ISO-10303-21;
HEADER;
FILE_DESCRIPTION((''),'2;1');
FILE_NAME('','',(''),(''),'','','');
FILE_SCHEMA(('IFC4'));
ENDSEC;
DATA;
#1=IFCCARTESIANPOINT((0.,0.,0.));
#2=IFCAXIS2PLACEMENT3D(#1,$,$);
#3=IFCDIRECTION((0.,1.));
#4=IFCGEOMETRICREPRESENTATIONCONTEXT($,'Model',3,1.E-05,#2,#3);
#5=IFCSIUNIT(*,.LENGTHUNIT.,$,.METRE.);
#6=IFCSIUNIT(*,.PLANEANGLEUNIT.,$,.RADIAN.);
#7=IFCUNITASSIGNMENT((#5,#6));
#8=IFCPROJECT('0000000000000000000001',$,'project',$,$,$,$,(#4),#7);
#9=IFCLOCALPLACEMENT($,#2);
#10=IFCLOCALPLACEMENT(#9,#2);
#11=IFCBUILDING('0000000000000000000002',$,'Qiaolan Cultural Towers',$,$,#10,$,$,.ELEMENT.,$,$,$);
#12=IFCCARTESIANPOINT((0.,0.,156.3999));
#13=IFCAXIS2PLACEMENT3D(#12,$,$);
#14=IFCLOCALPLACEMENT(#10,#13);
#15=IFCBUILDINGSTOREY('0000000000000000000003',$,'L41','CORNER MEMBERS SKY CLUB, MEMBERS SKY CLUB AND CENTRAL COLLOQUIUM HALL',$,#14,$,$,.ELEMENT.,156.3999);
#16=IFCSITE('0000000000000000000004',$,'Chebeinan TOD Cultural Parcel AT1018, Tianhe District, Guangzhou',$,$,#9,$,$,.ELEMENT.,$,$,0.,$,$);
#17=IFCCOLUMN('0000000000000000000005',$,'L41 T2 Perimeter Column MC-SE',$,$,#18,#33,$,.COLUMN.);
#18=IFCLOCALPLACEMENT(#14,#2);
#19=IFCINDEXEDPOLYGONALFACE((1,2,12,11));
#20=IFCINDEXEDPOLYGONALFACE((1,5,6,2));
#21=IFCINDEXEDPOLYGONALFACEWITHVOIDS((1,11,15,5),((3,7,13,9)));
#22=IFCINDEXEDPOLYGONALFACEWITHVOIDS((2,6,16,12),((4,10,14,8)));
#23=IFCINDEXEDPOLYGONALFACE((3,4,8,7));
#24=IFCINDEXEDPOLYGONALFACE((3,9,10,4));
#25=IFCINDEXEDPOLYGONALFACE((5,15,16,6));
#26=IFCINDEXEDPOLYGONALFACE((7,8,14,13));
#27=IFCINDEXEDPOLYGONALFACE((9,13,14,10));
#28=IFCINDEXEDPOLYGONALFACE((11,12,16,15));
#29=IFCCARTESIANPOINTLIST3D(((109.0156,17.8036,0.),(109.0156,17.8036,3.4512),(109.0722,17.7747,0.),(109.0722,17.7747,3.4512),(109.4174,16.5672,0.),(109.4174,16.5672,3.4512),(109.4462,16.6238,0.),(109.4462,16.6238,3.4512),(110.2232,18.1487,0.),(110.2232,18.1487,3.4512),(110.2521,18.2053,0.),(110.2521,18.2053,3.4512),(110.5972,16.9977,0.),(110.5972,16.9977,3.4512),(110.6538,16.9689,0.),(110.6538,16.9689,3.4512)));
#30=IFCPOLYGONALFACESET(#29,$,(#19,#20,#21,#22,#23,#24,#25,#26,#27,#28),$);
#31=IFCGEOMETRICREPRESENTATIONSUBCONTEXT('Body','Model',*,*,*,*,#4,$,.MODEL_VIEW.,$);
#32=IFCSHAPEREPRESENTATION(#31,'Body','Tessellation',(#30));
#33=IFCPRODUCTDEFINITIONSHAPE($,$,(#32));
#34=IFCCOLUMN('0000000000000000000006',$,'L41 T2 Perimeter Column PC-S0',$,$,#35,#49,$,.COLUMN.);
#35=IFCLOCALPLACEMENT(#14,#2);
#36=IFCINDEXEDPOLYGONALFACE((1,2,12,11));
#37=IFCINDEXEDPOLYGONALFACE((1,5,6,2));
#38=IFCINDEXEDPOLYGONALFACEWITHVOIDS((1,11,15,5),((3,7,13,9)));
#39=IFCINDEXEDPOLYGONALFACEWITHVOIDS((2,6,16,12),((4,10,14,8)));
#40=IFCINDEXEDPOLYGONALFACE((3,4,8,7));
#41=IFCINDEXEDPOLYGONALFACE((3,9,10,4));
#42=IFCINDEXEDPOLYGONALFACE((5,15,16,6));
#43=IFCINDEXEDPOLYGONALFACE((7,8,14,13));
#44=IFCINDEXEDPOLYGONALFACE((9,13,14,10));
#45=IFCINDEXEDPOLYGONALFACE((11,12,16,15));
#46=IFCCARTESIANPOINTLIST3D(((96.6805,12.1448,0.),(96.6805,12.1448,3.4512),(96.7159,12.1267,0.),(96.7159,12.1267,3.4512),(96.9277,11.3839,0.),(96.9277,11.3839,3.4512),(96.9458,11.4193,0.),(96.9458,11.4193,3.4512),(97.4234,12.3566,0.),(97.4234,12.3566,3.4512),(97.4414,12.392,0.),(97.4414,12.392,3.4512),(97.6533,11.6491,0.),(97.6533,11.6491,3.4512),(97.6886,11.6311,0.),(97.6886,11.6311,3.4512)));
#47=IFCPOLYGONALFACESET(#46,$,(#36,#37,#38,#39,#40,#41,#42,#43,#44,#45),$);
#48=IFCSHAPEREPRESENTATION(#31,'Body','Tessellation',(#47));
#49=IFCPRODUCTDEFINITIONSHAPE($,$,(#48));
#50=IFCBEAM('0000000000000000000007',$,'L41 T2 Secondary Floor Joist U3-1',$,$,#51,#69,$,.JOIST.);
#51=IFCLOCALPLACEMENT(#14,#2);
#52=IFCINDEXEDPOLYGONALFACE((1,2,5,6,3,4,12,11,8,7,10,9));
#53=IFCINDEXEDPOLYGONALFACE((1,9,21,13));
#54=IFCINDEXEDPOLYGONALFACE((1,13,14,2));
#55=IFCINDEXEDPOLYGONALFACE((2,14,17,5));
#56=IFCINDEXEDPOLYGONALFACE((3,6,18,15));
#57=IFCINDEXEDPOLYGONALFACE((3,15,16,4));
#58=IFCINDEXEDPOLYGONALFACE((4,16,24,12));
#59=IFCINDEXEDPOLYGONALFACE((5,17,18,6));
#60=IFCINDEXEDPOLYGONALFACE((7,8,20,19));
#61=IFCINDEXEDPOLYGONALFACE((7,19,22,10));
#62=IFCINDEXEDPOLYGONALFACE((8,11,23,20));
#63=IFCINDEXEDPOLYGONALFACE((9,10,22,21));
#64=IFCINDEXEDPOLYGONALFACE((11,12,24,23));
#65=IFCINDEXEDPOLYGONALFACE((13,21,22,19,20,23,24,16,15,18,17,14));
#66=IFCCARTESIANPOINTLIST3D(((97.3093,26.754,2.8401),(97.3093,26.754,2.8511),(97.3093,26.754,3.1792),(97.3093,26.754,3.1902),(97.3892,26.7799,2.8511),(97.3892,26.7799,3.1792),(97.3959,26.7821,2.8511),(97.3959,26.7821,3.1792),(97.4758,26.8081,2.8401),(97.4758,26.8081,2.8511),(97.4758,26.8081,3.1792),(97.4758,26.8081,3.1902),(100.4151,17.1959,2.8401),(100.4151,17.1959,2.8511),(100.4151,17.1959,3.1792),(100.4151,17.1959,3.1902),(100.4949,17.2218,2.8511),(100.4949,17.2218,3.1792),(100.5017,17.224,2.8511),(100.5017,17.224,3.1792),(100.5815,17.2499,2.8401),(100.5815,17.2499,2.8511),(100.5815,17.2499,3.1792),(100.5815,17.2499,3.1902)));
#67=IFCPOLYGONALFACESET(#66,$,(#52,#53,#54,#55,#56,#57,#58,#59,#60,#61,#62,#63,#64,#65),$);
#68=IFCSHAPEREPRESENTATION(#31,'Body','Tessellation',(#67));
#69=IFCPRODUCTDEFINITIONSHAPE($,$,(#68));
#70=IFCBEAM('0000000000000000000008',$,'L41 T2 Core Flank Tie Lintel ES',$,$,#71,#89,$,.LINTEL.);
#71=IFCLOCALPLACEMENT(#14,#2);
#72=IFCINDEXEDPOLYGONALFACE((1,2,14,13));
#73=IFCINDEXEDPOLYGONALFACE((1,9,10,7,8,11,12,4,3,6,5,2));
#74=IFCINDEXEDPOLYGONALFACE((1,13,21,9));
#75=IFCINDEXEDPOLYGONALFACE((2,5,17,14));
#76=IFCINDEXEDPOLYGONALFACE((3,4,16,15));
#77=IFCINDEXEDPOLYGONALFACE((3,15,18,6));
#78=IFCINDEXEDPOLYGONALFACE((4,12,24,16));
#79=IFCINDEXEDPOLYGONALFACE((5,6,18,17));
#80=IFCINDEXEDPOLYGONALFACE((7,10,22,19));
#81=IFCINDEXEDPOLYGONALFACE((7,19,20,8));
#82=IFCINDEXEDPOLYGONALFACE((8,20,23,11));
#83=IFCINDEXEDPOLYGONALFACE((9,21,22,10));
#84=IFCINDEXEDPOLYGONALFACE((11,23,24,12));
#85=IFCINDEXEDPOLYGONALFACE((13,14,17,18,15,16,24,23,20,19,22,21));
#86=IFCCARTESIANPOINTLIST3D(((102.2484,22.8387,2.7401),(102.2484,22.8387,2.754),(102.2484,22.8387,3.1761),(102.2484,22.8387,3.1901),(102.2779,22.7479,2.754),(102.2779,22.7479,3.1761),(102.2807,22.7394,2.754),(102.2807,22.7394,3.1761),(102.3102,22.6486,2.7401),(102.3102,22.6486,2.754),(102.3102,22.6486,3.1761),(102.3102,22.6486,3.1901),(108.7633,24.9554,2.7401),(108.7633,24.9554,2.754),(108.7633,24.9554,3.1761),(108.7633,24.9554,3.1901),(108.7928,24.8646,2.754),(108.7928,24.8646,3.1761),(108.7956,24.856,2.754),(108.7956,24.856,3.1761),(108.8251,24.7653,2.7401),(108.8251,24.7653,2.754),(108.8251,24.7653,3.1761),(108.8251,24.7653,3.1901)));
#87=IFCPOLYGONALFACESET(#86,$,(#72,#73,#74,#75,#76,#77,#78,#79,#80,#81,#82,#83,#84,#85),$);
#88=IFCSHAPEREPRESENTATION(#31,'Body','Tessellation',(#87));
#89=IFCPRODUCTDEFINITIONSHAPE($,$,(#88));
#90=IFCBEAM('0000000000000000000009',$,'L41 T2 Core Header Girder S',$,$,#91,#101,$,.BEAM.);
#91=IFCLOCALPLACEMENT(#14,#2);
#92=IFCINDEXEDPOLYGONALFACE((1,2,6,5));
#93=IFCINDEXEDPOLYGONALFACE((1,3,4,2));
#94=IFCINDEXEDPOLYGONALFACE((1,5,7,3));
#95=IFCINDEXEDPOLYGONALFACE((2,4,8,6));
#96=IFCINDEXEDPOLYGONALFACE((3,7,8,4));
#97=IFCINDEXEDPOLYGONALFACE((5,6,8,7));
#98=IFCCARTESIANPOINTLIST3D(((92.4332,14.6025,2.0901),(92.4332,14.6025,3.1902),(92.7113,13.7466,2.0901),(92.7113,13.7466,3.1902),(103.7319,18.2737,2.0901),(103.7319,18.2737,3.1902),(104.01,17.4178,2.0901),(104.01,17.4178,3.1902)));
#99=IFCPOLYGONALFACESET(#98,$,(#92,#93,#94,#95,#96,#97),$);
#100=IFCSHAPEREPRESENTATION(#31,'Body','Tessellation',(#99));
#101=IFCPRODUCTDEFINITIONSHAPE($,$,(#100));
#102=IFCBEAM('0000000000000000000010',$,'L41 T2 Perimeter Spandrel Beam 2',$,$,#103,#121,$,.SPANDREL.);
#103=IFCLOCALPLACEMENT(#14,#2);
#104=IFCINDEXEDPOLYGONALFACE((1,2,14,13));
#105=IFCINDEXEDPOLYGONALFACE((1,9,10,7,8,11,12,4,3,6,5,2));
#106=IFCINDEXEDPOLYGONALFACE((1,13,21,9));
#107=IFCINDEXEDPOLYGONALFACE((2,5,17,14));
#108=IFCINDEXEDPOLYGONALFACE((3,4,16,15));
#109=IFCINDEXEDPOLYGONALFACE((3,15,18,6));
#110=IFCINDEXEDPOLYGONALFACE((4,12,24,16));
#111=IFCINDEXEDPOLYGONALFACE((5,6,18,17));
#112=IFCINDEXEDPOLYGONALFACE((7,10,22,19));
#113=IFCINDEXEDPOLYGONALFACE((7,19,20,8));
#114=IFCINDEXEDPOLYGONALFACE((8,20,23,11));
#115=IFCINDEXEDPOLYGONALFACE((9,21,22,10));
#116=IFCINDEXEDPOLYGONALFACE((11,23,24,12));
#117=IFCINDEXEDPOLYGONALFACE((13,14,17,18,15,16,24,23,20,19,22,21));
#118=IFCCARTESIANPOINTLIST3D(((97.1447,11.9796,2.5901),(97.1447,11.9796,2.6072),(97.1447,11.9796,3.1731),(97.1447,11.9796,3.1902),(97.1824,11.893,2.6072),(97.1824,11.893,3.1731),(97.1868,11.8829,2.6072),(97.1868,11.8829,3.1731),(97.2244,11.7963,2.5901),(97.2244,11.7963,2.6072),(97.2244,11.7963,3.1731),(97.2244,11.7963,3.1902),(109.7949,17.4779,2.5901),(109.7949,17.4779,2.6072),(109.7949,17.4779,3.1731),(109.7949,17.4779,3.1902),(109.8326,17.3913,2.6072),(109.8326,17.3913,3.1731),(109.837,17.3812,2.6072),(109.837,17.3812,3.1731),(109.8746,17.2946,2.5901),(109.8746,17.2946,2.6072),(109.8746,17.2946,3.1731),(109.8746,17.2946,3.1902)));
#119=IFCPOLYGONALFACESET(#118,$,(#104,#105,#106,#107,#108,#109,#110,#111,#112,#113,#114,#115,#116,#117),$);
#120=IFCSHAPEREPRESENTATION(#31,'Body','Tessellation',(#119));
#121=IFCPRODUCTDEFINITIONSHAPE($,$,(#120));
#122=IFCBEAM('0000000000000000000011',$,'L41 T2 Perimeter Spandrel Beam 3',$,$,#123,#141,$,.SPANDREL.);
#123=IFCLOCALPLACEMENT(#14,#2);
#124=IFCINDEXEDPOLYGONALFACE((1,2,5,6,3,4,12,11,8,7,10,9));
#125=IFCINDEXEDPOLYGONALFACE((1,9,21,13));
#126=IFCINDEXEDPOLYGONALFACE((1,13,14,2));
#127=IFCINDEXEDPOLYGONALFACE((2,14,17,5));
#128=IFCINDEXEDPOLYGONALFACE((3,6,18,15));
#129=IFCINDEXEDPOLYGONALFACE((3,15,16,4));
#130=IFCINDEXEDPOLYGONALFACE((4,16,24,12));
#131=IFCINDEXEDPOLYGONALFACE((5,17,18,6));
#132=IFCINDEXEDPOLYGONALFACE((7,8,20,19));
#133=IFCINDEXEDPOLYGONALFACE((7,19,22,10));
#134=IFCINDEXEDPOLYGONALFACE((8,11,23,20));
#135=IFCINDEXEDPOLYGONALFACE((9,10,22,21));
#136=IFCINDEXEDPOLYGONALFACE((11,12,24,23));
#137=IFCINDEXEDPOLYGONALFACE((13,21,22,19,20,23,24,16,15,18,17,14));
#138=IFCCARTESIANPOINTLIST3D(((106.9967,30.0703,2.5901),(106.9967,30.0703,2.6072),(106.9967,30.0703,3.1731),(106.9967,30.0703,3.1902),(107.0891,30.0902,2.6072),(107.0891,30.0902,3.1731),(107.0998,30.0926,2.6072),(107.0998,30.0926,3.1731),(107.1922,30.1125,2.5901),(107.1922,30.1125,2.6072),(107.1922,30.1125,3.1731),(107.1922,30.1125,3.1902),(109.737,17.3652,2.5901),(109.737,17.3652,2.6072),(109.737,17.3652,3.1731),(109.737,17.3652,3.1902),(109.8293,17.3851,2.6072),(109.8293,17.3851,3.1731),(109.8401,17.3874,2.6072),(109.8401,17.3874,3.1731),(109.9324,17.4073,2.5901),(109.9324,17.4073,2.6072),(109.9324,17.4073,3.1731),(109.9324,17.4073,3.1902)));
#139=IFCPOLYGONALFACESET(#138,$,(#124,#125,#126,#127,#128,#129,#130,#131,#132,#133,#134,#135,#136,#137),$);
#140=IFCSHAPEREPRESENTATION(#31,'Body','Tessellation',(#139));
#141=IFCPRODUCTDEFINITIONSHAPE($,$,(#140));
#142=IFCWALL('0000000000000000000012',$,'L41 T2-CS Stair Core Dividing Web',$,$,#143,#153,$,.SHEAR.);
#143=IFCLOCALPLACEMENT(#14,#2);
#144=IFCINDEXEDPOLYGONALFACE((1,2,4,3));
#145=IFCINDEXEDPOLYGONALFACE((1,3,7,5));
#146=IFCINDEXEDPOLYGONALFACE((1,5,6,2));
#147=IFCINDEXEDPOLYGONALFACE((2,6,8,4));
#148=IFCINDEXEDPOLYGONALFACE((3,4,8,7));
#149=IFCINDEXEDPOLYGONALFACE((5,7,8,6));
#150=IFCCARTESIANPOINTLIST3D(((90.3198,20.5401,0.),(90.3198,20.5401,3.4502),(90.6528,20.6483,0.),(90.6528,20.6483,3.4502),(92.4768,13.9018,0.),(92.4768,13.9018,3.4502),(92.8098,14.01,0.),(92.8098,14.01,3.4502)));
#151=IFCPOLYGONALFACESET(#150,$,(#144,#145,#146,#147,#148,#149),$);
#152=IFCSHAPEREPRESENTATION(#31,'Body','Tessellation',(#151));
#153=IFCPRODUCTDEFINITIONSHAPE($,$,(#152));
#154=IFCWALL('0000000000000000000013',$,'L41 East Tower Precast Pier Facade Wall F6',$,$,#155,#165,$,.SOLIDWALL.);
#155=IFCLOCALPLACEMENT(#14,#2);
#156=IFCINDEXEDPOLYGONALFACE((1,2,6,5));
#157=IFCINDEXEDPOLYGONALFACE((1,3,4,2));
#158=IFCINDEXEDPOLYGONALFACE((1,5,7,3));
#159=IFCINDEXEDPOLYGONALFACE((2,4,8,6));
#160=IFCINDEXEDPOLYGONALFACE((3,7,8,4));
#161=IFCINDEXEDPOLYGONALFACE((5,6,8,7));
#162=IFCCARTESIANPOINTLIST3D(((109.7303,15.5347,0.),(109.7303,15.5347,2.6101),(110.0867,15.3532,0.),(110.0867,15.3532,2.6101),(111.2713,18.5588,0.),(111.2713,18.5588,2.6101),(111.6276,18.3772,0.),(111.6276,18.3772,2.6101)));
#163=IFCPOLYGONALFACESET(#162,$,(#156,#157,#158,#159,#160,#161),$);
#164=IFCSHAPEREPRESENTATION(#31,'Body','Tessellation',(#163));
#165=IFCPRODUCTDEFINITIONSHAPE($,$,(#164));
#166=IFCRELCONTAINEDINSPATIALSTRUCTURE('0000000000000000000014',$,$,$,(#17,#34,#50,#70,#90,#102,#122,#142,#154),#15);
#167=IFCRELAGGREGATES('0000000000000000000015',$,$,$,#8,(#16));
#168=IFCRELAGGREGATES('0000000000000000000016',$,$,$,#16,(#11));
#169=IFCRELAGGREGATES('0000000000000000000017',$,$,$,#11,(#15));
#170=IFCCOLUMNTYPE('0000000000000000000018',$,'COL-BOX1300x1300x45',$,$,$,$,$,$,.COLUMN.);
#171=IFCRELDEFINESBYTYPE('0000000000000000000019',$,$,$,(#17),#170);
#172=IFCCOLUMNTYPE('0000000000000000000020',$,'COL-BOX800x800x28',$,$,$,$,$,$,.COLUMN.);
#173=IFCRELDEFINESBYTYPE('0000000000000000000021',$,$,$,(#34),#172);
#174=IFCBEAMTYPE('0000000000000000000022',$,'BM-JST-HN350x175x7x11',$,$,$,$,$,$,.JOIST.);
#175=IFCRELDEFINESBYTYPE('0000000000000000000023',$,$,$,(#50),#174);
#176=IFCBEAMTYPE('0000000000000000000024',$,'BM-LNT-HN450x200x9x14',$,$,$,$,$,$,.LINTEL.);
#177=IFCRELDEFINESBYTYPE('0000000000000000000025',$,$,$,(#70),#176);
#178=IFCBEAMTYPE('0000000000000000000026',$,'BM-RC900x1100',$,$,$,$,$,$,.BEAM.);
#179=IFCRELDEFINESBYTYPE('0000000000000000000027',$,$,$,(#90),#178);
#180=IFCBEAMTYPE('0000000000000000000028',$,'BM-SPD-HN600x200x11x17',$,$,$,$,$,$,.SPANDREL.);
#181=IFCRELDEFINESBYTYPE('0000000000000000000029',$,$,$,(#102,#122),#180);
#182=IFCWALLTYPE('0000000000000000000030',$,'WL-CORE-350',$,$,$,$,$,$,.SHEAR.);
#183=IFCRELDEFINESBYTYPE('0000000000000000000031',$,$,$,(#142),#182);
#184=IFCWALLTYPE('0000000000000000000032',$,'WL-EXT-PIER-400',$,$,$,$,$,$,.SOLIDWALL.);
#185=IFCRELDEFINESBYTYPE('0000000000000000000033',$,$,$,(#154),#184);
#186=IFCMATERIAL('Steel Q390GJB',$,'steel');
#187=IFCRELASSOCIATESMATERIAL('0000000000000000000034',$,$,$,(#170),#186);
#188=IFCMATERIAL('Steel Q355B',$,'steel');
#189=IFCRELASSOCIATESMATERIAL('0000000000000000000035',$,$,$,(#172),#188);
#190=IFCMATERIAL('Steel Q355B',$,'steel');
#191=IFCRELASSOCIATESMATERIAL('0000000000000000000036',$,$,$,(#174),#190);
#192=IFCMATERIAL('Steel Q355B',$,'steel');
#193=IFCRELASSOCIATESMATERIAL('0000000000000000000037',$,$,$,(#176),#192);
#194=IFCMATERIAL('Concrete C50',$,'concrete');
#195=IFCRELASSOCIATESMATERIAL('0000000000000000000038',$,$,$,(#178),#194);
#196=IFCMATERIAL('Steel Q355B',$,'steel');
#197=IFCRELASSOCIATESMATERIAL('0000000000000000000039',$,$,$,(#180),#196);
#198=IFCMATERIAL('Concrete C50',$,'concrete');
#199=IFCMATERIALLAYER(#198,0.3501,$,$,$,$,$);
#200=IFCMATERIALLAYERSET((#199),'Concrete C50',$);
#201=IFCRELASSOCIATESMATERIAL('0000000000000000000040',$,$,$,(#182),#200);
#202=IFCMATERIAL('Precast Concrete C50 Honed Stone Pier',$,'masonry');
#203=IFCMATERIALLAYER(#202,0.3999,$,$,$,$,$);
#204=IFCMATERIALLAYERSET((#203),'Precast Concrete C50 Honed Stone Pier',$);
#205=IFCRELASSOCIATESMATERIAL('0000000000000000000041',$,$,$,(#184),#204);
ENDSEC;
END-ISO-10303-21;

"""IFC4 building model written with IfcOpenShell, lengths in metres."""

from ifc_helpers import new_model, si_unit, direction, frame, frame_2d, origin, origin_2d, place, context, subcontext, project, spatial, rectangle, hollow_rectangle, i_section, extrude, material, layer, layer_set, material_profile, profile_set, type_object, element, save


model = new_model("IFC4")

# Units and contexts
model_context = context("Model", 3, precision=1e-05, world=origin(), true_north=direction((0.0, 1.0)))
body_context = subcontext(model_context, "Body", "Model", "MODEL_VIEW")
ifc_project = project(units=[si_unit("LENGTHUNIT", "METRE"), si_unit("PLANEANGLEUNIT", "RADIAN")], contexts=[model_context])

# Site, building, storey
site_placement = place(None, origin())
site = spatial("IfcSite", under=ifc_project, at=site_placement, Name="Chebeinan TOD Cultural Parcel AT1018, Tianhe District, Guangzhou", CompositionType="ELEMENT", RefElevation=0.0)
building_placement = place(site_placement, origin())
building = spatial("IfcBuilding", under=site, at=building_placement, Name="Qiaolan Cultural Towers", CompositionType="ELEMENT")
storey_placement = place(building_placement, frame((0.0, 0.0, 156.3999)))
storey = spatial("IfcBuildingStorey", under=building, at=storey_placement, Name="L41", Description="CORNER MEMBERS SKY CLUB, MEMBERS SKY CLUB AND CENTRAL COLLOQUIUM HALL", CompositionType="ELEMENT", Elevation=156.3999)

# Columns
ifc_material_1 = material(Name="Steel Q390GJB", Category="steel")
ifc_material_profile_1 = material_profile(ifc_material_1, hollow_rectangle(XDim=1.3, YDim=1.3, WallThickness=0.0449, at=origin_2d()), Name="BOX1300x1300x45")
ifc_profile_set_1 = profile_set([ifc_material_profile_1], Name="Steel Q390GJB")
column_type_1 = type_object("IfcColumnType", Name="COL-BOX1300x1300x45", PredefinedType="COLUMN", material=ifc_profile_set_1)
column_1_placement = place(storey_placement, frame((109.8347, 17.3862, 0.0), z_axis=(0.0, 0.0, 1.0), x_axis=(0.951057, 0.309017, 0.0)))
element("IfcColumn", 1, at=column_1_placement, inside=storey, type_object=column_type_1, Name="L41 T2 Perimeter Column MC-SE", PredefinedType="COLUMN", context=body_context, shape_type="SweptSolid", body=[
    extrude(hollow_rectangle(XDim=1.3, YDim=1.3, WallThickness=0.0449, at=origin_2d()), origin(), (0.0, 0.0, 1.0), 3.4512),
])
ifc_material_2 = material(Name="Steel Q355B", Category="steel")
ifc_material_profile_2 = material_profile(ifc_material_2, hollow_rectangle(XDim=0.8, YDim=0.8, WallThickness=0.0281, at=origin_2d()), Name="BOX800x800x28")
ifc_profile_set_2 = profile_set([ifc_material_profile_2], Name="Steel Q355B")
column_type_2 = type_object("IfcColumnType", Name="COL-BOX800x800x28", PredefinedType="COLUMN", material=ifc_profile_set_2)
column_2_placement = place(storey_placement, frame((97.1846, 11.8879, 0.0), z_axis=(0.0, 0.0, 1.0), x_axis=(0.951057, 0.309017, 0.0)))
element("IfcColumn", 2, at=column_2_placement, inside=storey, type_object=column_type_2, Name="L41 T2 Perimeter Column PC-S0", PredefinedType="COLUMN", context=body_context, shape_type="SweptSolid", body=[
    extrude(hollow_rectangle(XDim=0.8, YDim=0.8, WallThickness=0.0281, at=origin_2d()), origin(), (0.0, 0.0, 1.0), 3.4512),
])

# Beams
ifc_material_3 = material(Name="Steel Q355B", Category="steel")
ifc_material_profile_3 = material_profile(ifc_material_3, i_section(OverallWidth=0.175, OverallDepth=0.3501, WebThickness=0.0071, FlangeThickness=0.011, at=origin_2d()), Name="HN350x175x7x11")
ifc_profile_set_3 = profile_set([ifc_material_profile_3], Name="Steel Q355B")
beam_type_1 = type_object("IfcBeamType", Name="BM-JST-HN350x175x7x11", PredefinedType="JOIST", material=ifc_profile_set_3)
beam_1_placement = place(storey_placement, frame((100.4983, 17.2229, 3.0151), z_axis=(-0.309026, 0.951054, 0.0), x_axis=(-0.951054, -0.309026, 0.0)))
element("IfcBeam", 3, at=beam_1_placement, inside=storey, type_object=beam_type_1, Name="L41 T2 Secondary Floor Joist U3-1", PredefinedType="JOIST", context=body_context, shape_type="SweptSolid", body=[
    extrude(i_section(OverallWidth=0.175, OverallDepth=0.3501, WebThickness=0.0071, FlangeThickness=0.011, at=origin_2d()), origin(), (0.0, 0.0, 1.0), 10.05),
])
ifc_material_4 = material(Name="Steel Q355B", Category="steel")
ifc_material_profile_4 = material_profile(ifc_material_4, i_section(OverallWidth=0.2, OverallDepth=0.45, WebThickness=0.009, FlangeThickness=0.0139, at=origin_2d()), Name="HN450x200x9x14")
ifc_profile_set_4 = profile_set([ifc_material_profile_4], Name="Steel Q355B")
beam_type_2 = type_object("IfcBeamType", Name="BM-LNT-HN450x200x9x14", PredefinedType="LINTEL", material=ifc_profile_set_4)
beam_2_placement = place(storey_placement, frame((102.2793, 22.7437, 2.9651), z_axis=(0.951062, 0.309001, 0.0), x_axis=(-0.309001, 0.951062, 0.0)))
element("IfcBeam", 4, at=beam_2_placement, inside=storey, type_object=beam_type_2, Name="L41 T2 Core Flank Tie Lintel ES", PredefinedType="LINTEL", context=body_context, shape_type="SweptSolid", body=[
    extrude(i_section(OverallWidth=0.2, OverallDepth=0.45, WebThickness=0.009, FlangeThickness=0.0139, at=origin_2d()), origin(), (0.0, 0.0, 1.0), 6.8501),
])
ifc_material_5 = material(Name="Concrete C50", Category="concrete")
ifc_material_profile_5 = material_profile(ifc_material_5, rectangle(XDim=0.8999, YDim=1.1001, at=origin_2d()), Name="RC900x1100")
ifc_profile_set_5 = profile_set([ifc_material_profile_5], Name="Concrete C50")
beam_type_3 = type_object("IfcBeamType", Name="BM-RC900x1100", PredefinedType="BEAM", material=ifc_profile_set_5)
beam_3_placement = place(storey_placement, frame((92.5723, 14.1746, 2.6401), z_axis=(0.951056, 0.309018, 0.0), x_axis=(-0.309018, 0.951056, 0.0)))
element("IfcBeam", 5, at=beam_3_placement, inside=storey, type_object=beam_type_3, Name="L41 T2 Core Header Girder S", PredefinedType="BEAM", context=body_context, shape_type="SweptSolid", body=[
    extrude(rectangle(XDim=0.8999, YDim=1.1001, at=origin_2d()), origin(), (0.0, 0.0, 1.0), 11.8801),
])
ifc_material_6 = material(Name="Steel Q355B", Category="steel")
ifc_material_profile_6 = material_profile(ifc_material_6, i_section(OverallWidth=0.2, OverallDepth=0.6001, WebThickness=0.011, FlangeThickness=0.0171, at=origin_2d()), Name="HN600x200x11x17")
ifc_profile_set_6 = profile_set([ifc_material_profile_6], Name="Steel Q355B")
beam_type_4 = type_object("IfcBeamType", Name="BM-SPD-HN600x200x11x17", PredefinedType="SPANDREL", material=ifc_profile_set_6)
beam_4_placement = place(storey_placement, frame((97.1846, 11.8879, 2.8901), z_axis=(0.917117, 0.398618, 0.0), x_axis=(-0.398618, 0.917117, 0.0)))
element("IfcBeam", 6, at=beam_4_placement, inside=storey, type_object=beam_type_4, Name="L41 T2 Perimeter Spandrel Beam 2", PredefinedType="SPANDREL", context=body_context, shape_type="SweptSolid", body=[
    extrude(i_section(OverallWidth=0.2, OverallDepth=0.6001, WebThickness=0.011, FlangeThickness=0.0171, at=origin_2d()), origin(), (0.0, 0.0, 1.0), 13.7935),
])
beam_5_placement = place(storey_placement, frame((109.8347, 17.3862, 2.8901), z_axis=(-0.210832, 0.977522, 0.0), x_axis=(-0.977522, -0.210832, 0.0)))
element("IfcBeam", 7, at=beam_5_placement, inside=storey, type_object=beam_type_4, Name="L41 T2 Perimeter Spandrel Beam 3", PredefinedType="SPANDREL", context=body_context, shape_type="SweptSolid", body=[
    extrude(i_section(OverallWidth=0.2, OverallDepth=0.6001, WebThickness=0.011, FlangeThickness=0.0171, at=origin_2d()), origin(), (0.0, 0.0, 1.0), 12.9973),
])

# Walls
ifc_material_7 = material(Name="Concrete C50", Category="concrete")
ifc_layer_1 = layer(ifc_material_7, 0.3501)
ifc_layer_set_1 = layer_set([ifc_layer_1], Name="Concrete C50")
wall_type_1 = type_object("IfcWallType", Name="WL-CORE-350", PredefinedType="SHEAR", material=ifc_layer_set_1)
wall_1_placement = place(storey_placement, frame((90.4863, 20.5942, 0.0), z_axis=(0.0, 0.0, 1.0), x_axis=(0.30902, -0.951055, 0.0)))
element("IfcWall", 8, at=wall_1_placement, inside=storey, type_object=wall_type_1, Name="L41 T2-CS Stair Core Dividing Web", PredefinedType="SHEAR", context=body_context, shape_type="SweptSolid", body=[
    extrude(rectangle(XDim=6.98, YDim=0.3501, at=frame_2d((3.49, 0.0))), origin(), (0.0, 0.0, 1.0), 3.4502),
])
ifc_material_8 = material(Name="Precast Concrete C50 Honed Stone Pier", Category="masonry")
ifc_layer_2 = layer(ifc_material_8, 0.3999)
ifc_layer_set_2 = layer_set([ifc_layer_2], Name="Precast Concrete C50 Honed Stone Pier")
wall_type_2 = type_object("IfcWallType", Name="WL-EXT-PIER-400", PredefinedType="SOLIDWALL", material=ifc_layer_set_2)
wall_2_placement = place(storey_placement, frame((111.4495, 18.468, 0.0), z_axis=(0.0, 0.0, 1.0), x_axis=(-0.45402, -0.890992, 0.0)))
element("IfcWall", 9, at=wall_2_placement, inside=storey, type_object=wall_type_2, Name="L41 East Tower Precast Pier Facade Wall F6", PredefinedType="SOLIDWALL", context=body_context, shape_type="SweptSolid", body=[
    extrude(rectangle(XDim=3.394, YDim=0.3999, at=frame_2d((1.697, 0.0))), origin(), (0.0, 0.0, 1.0), 2.6101),
])

save(model, "model.ifc")
